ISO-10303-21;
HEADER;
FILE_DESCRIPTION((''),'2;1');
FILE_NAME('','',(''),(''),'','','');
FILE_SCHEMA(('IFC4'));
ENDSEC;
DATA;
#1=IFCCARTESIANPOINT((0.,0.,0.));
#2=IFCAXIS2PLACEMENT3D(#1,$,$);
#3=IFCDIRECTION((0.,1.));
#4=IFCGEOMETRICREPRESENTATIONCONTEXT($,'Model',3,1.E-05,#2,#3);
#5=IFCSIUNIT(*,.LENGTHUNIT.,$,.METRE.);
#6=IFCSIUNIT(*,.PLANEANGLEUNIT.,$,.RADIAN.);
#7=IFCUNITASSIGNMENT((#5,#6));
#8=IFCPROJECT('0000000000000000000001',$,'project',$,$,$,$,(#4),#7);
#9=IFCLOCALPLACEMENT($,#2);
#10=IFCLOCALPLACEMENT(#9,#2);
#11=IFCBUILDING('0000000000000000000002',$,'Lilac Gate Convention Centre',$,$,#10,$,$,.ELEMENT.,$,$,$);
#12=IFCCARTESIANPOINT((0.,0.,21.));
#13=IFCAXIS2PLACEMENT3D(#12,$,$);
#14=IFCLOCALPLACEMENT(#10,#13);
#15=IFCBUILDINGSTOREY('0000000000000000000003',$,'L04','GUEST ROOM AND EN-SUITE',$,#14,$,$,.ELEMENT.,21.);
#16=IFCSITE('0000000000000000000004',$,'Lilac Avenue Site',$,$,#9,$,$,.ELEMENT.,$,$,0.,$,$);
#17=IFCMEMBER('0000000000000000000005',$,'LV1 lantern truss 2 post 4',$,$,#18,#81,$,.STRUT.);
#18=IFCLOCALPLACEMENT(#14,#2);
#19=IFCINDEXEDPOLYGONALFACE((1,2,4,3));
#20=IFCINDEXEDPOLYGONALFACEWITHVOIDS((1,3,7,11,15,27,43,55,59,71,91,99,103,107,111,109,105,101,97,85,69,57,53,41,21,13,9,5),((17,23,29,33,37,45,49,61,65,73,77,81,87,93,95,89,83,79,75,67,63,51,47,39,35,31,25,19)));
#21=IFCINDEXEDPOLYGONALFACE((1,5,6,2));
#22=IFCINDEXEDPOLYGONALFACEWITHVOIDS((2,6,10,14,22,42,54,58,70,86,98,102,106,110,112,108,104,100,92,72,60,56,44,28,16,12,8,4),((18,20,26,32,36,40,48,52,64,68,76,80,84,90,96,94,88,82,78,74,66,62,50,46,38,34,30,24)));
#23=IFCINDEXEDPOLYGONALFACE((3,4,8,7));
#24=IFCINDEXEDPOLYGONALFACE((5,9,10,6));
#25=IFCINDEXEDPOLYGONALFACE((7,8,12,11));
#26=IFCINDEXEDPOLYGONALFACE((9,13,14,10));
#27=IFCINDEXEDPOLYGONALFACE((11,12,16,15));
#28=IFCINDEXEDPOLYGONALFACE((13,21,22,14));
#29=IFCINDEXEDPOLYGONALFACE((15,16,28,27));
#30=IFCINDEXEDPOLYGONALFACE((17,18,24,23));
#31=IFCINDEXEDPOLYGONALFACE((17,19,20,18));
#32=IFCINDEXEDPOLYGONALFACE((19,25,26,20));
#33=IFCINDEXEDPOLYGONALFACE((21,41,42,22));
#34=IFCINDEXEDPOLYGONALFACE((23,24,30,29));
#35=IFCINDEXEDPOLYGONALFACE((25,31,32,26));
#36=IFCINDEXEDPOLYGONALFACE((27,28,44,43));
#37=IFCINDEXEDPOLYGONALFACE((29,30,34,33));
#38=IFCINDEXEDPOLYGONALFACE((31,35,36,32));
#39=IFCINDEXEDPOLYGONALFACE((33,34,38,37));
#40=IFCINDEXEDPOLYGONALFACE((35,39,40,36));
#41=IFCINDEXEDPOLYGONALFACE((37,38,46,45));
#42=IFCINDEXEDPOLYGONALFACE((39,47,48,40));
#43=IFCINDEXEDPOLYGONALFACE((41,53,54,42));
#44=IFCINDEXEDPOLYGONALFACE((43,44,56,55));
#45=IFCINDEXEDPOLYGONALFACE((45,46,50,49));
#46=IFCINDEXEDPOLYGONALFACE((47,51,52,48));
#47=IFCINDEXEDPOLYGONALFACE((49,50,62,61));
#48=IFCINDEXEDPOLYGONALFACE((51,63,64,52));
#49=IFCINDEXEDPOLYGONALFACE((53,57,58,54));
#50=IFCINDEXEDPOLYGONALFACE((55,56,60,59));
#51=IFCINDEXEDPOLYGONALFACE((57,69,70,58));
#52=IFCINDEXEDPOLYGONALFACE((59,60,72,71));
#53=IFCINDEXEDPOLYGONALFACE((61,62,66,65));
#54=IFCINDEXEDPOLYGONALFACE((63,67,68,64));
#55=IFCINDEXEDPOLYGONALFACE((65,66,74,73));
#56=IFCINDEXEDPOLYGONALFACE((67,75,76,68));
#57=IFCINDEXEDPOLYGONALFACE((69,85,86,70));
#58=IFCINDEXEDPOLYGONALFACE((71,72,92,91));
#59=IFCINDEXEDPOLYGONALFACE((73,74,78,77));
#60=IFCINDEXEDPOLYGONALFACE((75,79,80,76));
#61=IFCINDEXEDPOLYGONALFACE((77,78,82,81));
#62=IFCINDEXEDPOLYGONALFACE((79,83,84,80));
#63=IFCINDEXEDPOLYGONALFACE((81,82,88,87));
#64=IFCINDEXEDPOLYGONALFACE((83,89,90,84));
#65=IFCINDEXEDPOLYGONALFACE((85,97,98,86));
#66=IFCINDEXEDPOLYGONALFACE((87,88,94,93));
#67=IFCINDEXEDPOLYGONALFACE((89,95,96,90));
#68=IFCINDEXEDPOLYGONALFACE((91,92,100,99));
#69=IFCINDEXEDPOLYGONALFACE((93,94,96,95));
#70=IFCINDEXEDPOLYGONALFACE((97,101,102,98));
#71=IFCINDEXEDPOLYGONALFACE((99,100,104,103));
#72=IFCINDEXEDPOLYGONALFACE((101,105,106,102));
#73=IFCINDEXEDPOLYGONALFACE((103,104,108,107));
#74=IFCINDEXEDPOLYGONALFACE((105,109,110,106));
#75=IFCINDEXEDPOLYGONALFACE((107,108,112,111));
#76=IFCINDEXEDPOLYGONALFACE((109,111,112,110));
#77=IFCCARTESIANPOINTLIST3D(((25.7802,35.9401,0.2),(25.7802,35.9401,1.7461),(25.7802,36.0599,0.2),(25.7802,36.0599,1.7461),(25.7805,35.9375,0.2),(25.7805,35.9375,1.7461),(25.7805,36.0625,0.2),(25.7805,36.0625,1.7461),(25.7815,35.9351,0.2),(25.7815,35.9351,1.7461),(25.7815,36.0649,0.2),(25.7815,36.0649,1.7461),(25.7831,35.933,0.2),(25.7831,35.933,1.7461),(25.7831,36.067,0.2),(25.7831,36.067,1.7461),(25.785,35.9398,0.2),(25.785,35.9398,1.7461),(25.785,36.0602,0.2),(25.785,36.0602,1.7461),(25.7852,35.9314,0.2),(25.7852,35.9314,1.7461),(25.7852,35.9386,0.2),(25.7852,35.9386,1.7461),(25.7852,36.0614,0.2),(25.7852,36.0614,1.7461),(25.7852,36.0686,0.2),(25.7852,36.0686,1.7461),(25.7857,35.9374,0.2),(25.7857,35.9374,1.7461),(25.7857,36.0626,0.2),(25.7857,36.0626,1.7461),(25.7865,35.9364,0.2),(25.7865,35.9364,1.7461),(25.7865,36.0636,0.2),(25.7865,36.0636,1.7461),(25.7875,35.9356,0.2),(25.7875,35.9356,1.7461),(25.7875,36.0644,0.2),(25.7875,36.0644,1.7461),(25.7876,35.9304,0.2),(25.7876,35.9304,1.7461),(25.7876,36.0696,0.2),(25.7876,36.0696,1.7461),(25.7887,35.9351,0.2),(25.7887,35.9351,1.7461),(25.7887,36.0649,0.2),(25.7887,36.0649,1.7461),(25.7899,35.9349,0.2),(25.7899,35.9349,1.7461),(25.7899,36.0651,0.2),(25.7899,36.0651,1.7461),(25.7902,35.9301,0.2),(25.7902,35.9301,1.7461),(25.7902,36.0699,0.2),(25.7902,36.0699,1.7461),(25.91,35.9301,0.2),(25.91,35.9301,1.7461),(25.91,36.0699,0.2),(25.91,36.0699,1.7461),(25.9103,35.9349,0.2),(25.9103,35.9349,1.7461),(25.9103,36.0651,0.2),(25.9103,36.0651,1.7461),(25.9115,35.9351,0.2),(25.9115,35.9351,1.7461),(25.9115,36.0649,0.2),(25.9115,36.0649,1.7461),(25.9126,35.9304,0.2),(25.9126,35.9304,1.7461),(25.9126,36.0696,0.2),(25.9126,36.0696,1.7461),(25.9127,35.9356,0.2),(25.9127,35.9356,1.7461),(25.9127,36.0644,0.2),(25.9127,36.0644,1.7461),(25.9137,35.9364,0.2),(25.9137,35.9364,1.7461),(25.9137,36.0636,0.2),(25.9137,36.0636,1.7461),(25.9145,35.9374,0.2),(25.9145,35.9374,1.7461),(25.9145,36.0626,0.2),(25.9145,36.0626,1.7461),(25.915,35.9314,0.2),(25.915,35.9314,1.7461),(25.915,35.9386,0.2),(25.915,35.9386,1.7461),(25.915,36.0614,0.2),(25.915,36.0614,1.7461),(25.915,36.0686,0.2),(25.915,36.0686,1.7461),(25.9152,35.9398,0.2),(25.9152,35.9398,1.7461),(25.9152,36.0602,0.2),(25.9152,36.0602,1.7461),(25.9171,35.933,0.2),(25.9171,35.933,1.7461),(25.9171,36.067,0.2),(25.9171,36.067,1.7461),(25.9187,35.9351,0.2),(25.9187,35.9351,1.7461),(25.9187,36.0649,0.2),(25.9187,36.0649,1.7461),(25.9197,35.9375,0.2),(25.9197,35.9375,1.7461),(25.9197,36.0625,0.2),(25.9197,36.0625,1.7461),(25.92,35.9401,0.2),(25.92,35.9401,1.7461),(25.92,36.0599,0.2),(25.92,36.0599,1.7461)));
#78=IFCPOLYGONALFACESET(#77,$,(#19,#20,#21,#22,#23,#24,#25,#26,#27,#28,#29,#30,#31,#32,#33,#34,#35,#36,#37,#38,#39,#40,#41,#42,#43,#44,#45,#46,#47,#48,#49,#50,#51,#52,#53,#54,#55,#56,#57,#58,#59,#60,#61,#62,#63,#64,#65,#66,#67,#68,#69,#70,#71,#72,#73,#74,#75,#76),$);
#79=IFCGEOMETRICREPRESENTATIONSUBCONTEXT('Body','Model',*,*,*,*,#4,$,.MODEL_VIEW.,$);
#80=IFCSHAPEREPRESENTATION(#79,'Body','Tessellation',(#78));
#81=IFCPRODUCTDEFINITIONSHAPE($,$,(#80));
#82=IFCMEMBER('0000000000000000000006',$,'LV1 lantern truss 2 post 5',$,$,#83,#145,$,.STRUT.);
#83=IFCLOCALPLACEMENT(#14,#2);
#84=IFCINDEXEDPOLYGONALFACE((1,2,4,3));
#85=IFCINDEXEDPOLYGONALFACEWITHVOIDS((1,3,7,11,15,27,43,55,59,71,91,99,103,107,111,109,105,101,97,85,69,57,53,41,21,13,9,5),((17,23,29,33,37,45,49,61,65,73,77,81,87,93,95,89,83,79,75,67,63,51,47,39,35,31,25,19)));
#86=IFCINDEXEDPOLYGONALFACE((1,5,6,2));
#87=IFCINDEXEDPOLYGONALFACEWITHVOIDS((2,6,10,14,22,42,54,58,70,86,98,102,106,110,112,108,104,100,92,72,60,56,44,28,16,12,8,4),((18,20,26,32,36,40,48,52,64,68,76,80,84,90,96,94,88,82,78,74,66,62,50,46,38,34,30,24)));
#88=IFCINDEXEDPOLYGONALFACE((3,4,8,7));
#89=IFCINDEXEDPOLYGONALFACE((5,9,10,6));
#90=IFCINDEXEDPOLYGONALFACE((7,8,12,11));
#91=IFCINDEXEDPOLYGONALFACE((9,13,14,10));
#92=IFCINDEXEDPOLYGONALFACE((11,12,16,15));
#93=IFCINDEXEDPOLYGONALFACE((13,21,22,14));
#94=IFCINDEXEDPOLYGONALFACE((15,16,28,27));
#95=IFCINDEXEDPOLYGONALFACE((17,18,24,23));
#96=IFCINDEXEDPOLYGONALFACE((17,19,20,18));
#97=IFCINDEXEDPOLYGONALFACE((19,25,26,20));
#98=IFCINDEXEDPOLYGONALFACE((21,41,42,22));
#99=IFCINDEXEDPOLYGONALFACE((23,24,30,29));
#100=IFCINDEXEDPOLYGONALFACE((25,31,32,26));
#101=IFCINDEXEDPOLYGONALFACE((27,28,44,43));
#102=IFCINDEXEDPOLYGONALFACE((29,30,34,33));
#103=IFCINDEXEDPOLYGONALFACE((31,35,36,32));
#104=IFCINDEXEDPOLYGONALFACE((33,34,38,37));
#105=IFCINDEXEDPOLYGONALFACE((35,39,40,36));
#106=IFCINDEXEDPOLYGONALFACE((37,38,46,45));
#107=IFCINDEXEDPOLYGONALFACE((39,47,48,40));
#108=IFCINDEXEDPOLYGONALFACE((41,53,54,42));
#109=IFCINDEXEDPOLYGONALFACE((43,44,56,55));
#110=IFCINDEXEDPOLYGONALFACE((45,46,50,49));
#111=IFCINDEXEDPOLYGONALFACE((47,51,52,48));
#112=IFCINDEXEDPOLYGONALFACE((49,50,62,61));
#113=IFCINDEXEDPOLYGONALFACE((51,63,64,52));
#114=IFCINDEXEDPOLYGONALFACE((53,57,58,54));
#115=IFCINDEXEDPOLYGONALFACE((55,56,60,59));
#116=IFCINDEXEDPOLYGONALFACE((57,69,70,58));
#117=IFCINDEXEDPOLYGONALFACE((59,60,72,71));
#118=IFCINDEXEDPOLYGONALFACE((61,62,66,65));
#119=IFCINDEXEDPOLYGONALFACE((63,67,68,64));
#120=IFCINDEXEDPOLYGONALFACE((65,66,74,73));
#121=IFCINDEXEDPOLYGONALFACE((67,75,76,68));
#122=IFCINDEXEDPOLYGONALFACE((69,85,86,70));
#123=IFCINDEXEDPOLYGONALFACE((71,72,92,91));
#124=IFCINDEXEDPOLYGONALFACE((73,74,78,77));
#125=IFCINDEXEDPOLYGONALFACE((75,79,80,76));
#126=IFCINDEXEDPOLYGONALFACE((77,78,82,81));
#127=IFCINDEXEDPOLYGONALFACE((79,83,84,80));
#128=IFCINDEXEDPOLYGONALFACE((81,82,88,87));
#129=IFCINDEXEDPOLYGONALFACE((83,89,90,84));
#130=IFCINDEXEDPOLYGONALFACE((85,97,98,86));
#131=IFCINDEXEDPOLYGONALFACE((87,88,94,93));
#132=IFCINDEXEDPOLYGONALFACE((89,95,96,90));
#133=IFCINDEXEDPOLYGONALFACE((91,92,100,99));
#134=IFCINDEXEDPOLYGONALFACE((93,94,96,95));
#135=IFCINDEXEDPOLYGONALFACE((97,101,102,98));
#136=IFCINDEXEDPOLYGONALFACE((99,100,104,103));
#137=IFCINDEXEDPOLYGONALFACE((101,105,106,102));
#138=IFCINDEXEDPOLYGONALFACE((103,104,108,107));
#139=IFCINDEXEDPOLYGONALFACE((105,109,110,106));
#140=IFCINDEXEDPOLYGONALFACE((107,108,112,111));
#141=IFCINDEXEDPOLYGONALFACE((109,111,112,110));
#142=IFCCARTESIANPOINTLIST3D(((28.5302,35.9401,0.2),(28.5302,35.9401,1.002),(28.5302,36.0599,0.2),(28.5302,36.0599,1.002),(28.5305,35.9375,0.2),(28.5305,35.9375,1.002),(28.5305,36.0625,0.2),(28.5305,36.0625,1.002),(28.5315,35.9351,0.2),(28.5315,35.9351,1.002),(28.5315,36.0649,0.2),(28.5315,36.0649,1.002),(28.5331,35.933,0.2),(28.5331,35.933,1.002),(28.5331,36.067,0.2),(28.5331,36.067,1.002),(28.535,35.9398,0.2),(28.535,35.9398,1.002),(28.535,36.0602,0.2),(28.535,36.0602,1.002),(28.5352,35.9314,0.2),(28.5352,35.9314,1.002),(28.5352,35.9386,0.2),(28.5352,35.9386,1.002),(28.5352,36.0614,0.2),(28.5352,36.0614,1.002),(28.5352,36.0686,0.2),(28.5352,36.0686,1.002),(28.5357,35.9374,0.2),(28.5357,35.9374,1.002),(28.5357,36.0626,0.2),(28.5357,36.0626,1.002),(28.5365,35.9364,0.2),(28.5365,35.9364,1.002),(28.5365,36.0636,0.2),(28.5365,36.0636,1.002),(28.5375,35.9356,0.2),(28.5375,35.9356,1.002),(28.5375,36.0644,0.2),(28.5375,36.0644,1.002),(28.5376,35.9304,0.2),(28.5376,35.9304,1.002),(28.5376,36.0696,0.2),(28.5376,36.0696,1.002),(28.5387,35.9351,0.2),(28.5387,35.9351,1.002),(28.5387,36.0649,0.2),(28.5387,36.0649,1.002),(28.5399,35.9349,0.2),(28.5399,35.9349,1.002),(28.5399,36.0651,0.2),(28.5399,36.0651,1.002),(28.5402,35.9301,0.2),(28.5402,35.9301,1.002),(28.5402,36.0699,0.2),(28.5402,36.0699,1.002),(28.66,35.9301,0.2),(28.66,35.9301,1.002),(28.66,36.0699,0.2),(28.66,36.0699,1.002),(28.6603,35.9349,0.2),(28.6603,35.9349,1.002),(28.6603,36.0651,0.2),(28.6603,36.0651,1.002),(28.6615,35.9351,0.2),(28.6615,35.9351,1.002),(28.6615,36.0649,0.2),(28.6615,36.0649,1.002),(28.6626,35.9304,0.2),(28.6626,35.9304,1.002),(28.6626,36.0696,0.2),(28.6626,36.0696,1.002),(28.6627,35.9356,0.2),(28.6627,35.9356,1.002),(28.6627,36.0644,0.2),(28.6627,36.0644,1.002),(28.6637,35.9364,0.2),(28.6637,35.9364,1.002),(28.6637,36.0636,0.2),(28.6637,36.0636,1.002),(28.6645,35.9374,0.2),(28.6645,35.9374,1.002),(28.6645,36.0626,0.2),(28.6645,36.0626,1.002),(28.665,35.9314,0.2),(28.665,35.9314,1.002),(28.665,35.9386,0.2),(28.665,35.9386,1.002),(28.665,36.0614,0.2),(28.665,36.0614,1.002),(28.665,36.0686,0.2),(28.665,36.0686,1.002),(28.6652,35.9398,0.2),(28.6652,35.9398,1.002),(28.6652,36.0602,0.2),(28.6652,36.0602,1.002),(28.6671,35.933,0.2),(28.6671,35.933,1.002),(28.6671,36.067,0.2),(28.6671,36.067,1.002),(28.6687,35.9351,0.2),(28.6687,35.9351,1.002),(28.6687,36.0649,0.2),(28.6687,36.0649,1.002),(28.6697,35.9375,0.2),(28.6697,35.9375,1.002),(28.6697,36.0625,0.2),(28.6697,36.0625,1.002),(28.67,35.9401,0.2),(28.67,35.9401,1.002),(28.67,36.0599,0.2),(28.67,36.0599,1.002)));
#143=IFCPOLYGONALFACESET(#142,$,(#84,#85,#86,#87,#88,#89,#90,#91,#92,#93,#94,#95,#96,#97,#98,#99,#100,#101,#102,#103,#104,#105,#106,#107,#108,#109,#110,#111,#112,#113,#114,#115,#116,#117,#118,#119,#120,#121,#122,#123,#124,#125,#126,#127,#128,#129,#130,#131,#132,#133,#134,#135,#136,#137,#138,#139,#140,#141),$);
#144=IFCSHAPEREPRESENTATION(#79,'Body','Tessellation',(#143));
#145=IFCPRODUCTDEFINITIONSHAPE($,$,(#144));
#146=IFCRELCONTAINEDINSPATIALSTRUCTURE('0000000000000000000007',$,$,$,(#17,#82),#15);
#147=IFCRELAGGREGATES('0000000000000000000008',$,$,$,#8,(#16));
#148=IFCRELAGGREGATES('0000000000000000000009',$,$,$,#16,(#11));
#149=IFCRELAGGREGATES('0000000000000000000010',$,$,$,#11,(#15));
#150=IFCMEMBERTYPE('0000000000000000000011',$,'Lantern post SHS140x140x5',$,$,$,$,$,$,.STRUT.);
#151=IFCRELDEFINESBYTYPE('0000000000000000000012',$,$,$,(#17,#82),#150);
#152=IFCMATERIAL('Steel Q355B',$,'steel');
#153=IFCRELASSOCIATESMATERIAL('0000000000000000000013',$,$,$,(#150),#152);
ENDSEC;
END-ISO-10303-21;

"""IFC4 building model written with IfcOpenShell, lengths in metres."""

from ifc_helpers import new_model, si_unit, direction, frame, origin, origin_2d, place, context, subcontext, project, spatial, hollow_rectangle, extrude, material, material_profile, profile_set, type_object, element, save


model = new_model("IFC4")

# Units and contexts
model_context = context("Model", 3, precision=1e-05, world=origin(), true_north=direction((0.0, 1.0)))
body_context = subcontext(model_context, "Body", "Model", "MODEL_VIEW")
ifc_project = project(units=[si_unit("LENGTHUNIT", "METRE"), si_unit("PLANEANGLEUNIT", "RADIAN")], contexts=[model_context])

# Site, building, storey
site_placement = place(None, origin())
site = spatial("IfcSite", under=ifc_project, at=site_placement, Name="Lilac Avenue Site", CompositionType="ELEMENT", RefElevation=0.0)
building_placement = place(site_placement, origin())
building = spatial("IfcBuilding", under=site, at=building_placement, Name="Lilac Gate Convention Centre", CompositionType="ELEMENT")
storey_placement = place(building_placement, frame((0.0, 0.0, 21.0)))
storey = spatial("IfcBuildingStorey", under=building, at=storey_placement, Name="L04", Description="GUEST ROOM AND EN-SUITE", CompositionType="ELEMENT", Elevation=21.0)

# Members
ifc_material_1 = material(Name="Steel Q355B", Category="steel")
ifc_material_profile_1 = material_profile(ifc_material_1, hollow_rectangle(XDim=0.1399, YDim=0.1399, WallThickness=0.0049, InnerFilletRadius=0.0049, OuterFilletRadius=0.01, at=origin_2d()), Name="SHS140x140x5")
ifc_profile_set_1 = profile_set([ifc_material_profile_1], Name="Steel Q355B")
member_type_1 = type_object("IfcMemberType", Name="Lantern post SHS140x140x5", PredefinedType="STRUT", material=ifc_profile_set_1)
member_1_placement = place(storey_placement, frame((25.8501, 36.0, 0.2), z_axis=(0.0, 0.0, 1.0), x_axis=(1.0, 0.0, 0.0)))
element("IfcMember", 1, at=member_1_placement, inside=storey, type_object=member_type_1, Name="LV1 lantern truss 2 post 4", PredefinedType="STRUT", context=body_context, shape_type="SweptSolid", body=[
    extrude(hollow_rectangle(XDim=0.1399, YDim=0.1399, WallThickness=0.0049, InnerFilletRadius=0.0049, OuterFilletRadius=0.01, at=origin_2d()), origin(), (0.0, 0.0, 1.0), 1.5461),
])
member_2_placement = place(storey_placement, frame((28.6001, 36.0, 0.2), z_axis=(0.0, 0.0, 1.0), x_axis=(1.0, 0.0, 0.0)))
element("IfcMember", 2, at=member_2_placement, inside=storey, type_object=member_type_1, Name="LV1 lantern truss 2 post 5", PredefinedType="STRUT", context=body_context, shape_type="SweptSolid", body=[
    extrude(hollow_rectangle(XDim=0.1399, YDim=0.1399, WallThickness=0.0049, InnerFilletRadius=0.0049, OuterFilletRadius=0.01, at=origin_2d()), origin(), (0.0, 0.0, 1.0), 0.802),
])

save(model, "model.ifc")
